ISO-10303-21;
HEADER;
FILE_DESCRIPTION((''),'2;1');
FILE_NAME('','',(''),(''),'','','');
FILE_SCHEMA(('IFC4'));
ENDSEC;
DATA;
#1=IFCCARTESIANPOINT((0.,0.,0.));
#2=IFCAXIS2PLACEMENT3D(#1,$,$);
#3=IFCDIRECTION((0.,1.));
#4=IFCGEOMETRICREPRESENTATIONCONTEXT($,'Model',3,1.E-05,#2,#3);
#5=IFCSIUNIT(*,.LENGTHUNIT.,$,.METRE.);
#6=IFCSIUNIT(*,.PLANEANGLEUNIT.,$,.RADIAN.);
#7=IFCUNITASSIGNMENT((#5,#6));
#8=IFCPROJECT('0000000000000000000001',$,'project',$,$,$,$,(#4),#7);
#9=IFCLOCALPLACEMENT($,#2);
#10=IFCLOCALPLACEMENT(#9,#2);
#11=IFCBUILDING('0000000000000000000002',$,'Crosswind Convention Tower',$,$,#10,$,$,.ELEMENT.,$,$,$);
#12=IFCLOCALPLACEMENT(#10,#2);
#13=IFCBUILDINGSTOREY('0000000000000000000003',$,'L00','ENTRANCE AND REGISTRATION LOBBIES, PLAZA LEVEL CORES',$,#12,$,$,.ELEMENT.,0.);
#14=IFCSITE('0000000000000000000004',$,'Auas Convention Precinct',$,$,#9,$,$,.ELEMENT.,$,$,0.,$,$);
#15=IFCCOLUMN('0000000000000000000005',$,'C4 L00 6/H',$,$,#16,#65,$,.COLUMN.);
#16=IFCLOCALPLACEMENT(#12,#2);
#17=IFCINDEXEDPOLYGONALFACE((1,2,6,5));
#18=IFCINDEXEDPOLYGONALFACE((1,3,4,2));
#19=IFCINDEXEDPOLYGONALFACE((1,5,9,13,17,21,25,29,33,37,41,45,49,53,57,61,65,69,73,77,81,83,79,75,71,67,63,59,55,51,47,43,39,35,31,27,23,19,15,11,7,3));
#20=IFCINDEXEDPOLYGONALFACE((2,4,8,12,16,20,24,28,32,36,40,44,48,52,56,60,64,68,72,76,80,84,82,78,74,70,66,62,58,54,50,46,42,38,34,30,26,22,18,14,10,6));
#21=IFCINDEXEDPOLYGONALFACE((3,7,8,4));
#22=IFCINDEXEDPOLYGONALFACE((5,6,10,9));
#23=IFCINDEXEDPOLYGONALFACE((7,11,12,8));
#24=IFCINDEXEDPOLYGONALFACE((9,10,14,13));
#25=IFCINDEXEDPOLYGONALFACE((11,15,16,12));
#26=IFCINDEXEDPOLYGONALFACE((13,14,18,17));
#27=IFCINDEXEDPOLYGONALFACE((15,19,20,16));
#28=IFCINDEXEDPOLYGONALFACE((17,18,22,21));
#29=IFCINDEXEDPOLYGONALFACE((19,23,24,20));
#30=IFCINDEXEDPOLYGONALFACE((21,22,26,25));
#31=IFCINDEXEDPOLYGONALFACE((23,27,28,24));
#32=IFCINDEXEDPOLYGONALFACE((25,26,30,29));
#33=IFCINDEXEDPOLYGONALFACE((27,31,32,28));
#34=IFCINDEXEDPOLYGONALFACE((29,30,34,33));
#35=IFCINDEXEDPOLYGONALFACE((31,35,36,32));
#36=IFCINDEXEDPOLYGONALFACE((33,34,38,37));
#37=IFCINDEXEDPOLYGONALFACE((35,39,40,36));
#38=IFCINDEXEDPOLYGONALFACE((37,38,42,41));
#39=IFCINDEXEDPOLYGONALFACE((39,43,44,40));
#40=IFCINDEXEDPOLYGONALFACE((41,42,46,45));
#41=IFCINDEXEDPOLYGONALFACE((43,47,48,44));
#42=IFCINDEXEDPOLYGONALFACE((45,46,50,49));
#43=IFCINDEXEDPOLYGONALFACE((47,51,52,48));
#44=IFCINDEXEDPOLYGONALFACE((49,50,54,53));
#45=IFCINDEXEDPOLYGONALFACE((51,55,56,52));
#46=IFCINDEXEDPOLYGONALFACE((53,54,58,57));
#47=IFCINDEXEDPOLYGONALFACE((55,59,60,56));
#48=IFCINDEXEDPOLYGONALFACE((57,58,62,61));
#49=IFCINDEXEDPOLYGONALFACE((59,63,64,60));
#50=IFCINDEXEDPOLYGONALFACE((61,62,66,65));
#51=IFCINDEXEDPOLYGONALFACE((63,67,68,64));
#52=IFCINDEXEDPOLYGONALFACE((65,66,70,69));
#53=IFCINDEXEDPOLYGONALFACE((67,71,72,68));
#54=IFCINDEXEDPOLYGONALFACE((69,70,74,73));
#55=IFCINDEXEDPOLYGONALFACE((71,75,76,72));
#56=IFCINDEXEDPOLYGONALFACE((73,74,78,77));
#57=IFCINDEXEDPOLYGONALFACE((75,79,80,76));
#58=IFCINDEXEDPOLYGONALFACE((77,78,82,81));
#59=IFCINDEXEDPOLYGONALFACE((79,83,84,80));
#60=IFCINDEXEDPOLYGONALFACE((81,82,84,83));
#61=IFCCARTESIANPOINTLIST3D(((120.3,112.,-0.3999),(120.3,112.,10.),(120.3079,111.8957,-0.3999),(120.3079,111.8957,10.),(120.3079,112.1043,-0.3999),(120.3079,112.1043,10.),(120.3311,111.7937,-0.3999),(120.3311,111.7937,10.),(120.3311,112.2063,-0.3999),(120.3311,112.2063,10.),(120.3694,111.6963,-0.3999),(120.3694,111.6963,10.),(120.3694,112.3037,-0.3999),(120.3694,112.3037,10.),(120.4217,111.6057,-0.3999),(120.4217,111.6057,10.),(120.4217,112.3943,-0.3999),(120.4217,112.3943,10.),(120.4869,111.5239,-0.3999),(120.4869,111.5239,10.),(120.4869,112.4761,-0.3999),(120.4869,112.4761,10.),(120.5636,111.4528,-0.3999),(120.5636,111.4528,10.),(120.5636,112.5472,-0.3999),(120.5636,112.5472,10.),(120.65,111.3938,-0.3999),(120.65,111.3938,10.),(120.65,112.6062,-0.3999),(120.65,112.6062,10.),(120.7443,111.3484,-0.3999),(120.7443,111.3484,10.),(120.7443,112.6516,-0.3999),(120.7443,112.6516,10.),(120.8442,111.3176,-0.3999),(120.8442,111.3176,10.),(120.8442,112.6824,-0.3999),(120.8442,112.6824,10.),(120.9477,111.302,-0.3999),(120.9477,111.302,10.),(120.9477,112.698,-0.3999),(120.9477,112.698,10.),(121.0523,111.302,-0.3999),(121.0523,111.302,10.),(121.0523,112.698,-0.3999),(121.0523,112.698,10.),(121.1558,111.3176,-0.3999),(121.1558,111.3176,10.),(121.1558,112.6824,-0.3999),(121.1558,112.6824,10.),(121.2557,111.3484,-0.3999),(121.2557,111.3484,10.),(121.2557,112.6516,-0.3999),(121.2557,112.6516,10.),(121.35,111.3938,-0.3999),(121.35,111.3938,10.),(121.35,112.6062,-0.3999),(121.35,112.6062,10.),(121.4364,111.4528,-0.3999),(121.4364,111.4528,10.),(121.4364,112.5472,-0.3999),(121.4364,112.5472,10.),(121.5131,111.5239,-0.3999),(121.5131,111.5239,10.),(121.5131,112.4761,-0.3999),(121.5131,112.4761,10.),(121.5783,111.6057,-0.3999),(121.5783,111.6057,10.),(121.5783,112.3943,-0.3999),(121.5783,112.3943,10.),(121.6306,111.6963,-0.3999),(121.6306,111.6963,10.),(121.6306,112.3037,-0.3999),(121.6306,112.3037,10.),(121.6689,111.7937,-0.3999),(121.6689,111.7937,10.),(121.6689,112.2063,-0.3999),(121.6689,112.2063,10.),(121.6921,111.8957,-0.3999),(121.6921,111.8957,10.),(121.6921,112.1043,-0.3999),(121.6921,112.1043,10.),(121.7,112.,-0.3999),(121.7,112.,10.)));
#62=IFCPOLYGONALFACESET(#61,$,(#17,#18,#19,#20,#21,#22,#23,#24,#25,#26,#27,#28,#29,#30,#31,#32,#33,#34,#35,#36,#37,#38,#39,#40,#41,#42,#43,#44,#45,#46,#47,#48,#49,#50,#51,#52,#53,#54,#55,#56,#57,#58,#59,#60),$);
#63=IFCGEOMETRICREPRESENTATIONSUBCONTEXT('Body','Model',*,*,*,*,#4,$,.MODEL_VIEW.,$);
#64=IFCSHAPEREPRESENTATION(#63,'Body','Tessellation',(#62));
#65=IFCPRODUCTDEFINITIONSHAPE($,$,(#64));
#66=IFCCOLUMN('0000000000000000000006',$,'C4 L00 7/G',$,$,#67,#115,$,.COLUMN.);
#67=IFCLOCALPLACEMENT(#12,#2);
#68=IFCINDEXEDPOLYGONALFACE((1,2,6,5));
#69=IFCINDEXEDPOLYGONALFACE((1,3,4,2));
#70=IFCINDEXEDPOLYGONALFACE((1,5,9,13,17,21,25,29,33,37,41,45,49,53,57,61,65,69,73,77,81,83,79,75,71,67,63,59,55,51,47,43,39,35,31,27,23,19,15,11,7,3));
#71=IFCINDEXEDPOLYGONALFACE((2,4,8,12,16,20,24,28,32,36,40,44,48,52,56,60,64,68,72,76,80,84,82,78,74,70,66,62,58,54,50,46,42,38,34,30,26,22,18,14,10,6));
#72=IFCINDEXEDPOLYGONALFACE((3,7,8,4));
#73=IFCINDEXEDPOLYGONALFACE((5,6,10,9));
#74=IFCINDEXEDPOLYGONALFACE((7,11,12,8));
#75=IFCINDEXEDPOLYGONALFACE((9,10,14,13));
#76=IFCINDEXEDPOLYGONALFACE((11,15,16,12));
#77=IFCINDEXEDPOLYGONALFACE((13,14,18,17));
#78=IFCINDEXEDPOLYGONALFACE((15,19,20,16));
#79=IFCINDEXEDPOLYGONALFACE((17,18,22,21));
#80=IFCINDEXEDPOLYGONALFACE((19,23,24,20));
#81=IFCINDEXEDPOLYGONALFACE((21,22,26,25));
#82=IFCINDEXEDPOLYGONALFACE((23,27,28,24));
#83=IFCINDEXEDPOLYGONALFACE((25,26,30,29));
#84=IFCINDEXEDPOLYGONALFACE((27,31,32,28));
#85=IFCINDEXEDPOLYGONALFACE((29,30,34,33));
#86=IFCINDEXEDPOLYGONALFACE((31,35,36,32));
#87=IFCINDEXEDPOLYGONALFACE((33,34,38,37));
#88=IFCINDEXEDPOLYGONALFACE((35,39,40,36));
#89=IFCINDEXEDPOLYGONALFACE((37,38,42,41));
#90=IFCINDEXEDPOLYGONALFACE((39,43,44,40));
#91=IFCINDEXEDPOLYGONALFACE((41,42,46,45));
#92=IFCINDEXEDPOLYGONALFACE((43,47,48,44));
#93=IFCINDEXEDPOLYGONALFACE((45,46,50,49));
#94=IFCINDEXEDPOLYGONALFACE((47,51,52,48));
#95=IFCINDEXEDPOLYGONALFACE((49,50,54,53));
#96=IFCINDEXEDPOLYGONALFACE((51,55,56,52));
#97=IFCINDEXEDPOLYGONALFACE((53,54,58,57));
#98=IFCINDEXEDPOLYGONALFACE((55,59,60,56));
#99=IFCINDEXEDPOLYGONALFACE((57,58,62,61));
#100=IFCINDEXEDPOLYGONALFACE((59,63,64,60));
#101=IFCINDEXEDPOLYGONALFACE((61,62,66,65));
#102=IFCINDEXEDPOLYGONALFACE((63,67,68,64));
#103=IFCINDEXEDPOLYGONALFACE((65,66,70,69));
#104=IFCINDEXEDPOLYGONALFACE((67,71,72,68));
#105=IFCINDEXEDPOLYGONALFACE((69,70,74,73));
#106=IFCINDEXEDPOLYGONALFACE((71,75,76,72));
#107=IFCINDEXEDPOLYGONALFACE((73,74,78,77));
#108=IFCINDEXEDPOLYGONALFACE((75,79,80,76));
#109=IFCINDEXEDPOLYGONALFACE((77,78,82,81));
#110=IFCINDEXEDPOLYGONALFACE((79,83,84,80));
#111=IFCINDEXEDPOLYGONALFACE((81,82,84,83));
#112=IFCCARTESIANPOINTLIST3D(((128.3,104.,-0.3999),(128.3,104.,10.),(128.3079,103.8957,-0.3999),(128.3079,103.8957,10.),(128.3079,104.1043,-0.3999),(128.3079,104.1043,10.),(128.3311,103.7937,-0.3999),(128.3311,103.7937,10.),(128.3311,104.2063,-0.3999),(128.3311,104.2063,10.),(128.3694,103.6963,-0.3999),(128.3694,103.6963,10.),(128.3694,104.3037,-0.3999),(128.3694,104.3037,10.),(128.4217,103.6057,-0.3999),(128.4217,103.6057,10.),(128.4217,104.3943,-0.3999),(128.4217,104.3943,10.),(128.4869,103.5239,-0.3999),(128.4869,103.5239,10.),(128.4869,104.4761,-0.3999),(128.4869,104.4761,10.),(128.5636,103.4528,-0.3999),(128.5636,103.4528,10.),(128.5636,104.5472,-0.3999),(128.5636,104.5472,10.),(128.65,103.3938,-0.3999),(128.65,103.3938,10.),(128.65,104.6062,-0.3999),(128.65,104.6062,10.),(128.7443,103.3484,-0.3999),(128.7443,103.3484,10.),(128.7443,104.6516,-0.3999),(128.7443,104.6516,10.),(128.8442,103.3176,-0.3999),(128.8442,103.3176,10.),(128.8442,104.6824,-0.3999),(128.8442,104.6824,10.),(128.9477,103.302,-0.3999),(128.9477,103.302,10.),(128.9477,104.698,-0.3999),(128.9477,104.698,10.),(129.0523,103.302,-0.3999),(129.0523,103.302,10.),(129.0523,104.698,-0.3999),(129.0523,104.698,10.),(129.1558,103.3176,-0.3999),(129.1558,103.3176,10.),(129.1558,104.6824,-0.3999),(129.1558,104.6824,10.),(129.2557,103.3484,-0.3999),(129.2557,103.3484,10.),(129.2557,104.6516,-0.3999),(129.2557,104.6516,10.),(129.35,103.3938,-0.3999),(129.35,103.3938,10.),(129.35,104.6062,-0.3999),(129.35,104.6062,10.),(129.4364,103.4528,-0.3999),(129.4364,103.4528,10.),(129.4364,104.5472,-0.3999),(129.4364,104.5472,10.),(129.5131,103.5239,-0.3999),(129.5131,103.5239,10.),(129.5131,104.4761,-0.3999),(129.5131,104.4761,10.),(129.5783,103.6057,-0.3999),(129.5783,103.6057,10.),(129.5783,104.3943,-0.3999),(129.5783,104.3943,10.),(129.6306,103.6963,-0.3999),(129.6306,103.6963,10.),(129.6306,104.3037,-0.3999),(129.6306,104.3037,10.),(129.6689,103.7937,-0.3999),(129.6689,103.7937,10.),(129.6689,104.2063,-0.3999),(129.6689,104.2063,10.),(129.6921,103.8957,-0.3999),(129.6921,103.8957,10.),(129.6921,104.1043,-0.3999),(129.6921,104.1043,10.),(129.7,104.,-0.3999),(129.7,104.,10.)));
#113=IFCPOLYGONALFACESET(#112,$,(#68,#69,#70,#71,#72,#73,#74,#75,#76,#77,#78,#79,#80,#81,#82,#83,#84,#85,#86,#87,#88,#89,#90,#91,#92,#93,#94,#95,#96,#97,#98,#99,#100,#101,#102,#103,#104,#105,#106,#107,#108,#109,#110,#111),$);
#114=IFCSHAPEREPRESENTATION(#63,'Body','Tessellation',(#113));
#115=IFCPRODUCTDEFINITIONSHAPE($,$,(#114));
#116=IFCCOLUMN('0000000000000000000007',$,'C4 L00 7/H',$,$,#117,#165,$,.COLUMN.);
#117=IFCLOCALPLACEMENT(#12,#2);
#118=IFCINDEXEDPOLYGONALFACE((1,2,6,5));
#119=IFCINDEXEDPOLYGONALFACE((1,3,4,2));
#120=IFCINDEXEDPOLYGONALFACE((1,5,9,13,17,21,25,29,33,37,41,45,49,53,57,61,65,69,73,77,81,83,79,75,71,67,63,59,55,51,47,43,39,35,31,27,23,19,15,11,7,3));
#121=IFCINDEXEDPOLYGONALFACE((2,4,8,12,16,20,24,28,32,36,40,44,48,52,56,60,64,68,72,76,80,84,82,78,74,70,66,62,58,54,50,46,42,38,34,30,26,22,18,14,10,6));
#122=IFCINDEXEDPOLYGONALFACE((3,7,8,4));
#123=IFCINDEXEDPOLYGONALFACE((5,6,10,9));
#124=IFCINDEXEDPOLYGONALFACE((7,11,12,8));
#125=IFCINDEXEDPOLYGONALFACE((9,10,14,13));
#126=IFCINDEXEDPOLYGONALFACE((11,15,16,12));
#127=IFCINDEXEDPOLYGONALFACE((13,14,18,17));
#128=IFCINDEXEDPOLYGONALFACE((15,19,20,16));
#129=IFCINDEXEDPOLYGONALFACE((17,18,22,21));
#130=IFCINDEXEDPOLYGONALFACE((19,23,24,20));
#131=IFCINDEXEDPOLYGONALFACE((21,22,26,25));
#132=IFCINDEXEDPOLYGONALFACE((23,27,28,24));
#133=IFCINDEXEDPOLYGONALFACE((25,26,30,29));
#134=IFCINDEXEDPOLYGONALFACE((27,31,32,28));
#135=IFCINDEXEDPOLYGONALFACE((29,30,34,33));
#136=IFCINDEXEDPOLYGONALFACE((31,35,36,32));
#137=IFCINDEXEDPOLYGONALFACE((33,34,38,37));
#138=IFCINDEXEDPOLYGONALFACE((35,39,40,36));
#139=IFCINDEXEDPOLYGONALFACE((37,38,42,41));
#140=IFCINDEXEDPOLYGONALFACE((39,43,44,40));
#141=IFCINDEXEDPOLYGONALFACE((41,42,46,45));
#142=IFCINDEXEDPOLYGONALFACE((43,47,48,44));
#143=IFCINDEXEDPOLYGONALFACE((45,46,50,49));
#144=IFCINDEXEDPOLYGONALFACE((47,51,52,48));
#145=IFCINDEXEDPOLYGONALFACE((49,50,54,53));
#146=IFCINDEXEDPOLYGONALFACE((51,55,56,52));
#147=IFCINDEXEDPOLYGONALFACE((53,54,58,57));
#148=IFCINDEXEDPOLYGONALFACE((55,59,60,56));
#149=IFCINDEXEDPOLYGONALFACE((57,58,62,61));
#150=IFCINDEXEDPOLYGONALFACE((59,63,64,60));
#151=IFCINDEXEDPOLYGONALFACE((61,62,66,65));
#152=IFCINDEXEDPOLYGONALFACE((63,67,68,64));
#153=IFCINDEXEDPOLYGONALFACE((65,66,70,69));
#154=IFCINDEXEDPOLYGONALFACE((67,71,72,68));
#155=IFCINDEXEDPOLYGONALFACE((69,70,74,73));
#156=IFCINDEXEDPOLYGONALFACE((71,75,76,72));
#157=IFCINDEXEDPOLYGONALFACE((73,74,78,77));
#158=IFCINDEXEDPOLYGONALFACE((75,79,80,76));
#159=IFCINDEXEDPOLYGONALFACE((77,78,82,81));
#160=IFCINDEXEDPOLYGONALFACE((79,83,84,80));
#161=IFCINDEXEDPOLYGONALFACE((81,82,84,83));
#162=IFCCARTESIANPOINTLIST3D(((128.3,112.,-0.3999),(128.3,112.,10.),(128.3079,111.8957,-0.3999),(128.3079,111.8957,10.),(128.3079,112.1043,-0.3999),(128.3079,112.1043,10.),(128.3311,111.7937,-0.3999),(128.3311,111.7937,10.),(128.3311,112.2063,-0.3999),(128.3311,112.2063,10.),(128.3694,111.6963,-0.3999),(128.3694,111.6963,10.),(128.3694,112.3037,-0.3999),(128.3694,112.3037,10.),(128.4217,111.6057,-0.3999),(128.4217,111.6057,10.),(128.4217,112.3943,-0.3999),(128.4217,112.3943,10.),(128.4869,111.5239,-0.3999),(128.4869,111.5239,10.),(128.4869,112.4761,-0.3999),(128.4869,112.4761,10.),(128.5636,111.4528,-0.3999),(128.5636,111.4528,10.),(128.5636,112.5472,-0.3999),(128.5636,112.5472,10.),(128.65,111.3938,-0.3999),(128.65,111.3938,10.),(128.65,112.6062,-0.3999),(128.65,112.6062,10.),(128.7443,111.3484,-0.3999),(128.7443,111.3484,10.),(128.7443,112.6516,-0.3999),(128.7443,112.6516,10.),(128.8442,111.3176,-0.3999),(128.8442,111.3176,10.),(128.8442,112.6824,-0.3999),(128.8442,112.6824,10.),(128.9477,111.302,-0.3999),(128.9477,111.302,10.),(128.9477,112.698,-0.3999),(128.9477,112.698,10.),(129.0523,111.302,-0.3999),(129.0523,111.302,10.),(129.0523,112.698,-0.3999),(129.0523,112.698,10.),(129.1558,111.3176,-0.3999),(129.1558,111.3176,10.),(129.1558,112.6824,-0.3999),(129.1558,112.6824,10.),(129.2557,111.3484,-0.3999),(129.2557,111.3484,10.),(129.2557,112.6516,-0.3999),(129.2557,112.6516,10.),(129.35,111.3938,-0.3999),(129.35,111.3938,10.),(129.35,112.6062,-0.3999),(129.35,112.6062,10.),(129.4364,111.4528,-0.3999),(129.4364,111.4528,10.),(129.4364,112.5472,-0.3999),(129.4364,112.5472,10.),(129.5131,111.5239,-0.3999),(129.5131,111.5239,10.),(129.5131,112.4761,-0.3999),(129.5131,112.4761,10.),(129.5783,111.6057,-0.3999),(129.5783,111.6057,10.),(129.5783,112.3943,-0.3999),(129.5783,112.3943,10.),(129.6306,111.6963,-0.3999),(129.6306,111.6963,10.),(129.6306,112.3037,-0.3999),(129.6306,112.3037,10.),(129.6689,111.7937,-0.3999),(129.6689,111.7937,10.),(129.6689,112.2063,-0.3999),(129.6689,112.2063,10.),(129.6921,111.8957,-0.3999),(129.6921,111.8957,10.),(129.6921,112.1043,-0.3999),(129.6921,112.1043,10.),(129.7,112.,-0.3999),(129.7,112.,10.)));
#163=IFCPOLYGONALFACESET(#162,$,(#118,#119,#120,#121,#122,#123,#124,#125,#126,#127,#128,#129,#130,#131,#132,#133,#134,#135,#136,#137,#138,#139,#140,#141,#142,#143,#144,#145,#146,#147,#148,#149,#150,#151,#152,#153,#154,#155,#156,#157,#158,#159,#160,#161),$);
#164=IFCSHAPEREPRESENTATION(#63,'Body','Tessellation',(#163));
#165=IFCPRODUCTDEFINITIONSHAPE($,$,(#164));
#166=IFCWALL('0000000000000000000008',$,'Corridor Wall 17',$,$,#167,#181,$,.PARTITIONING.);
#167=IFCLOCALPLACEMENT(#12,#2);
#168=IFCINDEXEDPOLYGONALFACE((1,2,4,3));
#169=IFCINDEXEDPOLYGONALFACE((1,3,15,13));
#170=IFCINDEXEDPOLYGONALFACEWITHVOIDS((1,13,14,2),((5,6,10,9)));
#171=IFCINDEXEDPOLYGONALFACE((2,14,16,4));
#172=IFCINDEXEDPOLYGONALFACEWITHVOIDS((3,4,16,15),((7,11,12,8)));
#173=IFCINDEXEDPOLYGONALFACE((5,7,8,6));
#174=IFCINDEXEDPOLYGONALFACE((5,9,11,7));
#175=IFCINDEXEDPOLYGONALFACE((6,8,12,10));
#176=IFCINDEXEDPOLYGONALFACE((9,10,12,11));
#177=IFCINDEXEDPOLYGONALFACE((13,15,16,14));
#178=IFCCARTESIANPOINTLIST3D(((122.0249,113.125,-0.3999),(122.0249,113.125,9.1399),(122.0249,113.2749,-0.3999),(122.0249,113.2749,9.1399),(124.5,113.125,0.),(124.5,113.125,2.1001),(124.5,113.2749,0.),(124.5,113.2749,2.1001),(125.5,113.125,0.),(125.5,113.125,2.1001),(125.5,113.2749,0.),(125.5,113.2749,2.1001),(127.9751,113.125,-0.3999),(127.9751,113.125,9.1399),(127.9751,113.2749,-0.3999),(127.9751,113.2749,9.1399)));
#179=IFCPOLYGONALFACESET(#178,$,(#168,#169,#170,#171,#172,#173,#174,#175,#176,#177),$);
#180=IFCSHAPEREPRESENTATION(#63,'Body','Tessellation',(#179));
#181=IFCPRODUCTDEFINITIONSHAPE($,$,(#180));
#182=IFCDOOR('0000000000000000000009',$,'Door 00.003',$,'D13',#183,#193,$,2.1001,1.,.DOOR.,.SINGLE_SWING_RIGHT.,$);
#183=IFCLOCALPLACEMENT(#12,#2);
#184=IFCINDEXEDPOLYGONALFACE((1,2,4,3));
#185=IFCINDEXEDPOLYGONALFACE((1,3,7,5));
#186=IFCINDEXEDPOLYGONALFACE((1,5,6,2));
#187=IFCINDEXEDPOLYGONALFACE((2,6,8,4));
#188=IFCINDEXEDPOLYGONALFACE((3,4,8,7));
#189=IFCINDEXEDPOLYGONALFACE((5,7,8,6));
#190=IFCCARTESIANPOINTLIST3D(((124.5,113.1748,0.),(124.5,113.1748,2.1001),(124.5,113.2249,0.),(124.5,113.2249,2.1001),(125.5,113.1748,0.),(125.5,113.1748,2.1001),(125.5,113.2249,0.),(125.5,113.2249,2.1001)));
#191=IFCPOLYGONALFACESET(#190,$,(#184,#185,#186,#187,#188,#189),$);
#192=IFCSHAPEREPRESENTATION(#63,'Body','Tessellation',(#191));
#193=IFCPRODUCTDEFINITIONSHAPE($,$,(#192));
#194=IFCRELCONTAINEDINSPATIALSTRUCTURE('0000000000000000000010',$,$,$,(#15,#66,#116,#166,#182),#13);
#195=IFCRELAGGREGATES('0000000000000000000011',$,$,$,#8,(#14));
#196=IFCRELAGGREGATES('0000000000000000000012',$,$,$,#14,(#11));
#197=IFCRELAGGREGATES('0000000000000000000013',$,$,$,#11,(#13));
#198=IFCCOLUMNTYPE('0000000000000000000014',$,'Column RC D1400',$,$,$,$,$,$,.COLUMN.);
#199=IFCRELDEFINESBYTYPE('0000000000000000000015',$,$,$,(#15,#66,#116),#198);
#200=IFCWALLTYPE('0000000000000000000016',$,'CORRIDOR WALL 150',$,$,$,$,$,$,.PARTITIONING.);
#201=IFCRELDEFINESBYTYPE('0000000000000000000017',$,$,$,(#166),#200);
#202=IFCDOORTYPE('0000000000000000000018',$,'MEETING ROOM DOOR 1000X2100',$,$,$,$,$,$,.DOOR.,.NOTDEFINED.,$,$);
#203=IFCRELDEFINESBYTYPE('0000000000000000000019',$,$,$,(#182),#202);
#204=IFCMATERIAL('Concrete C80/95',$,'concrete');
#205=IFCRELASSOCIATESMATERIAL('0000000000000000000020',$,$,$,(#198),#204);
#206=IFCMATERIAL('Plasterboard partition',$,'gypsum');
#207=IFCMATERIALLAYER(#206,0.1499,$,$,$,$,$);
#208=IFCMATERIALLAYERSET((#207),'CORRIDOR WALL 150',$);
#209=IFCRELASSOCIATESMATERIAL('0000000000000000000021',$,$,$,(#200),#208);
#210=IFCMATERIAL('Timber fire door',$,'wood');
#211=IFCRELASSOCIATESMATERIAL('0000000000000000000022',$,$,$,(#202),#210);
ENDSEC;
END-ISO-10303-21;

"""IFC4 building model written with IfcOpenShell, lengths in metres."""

from ifc_helpers import new_model, si_unit, direction, frame, frame_2d, origin, origin_2d, place, context, subcontext, project, spatial, rectangle, circle, extrude, material, layer, layer_set, material_profile, profile_set, type_object, element, fill, save


model = new_model("IFC4")

# Units and contexts
model_context = context("Model", 3, precision=1e-05, world=origin(), true_north=direction((0.0, 1.0)))
body_context = subcontext(model_context, "Body", "Model", "MODEL_VIEW")
ifc_project = project(units=[si_unit("LENGTHUNIT", "METRE"), si_unit("PLANEANGLEUNIT", "RADIAN")], contexts=[model_context])

# Site, building, storey
site_placement = place(None, origin())
site = spatial("IfcSite", under=ifc_project, at=site_placement, Name="Auas Convention Precinct", CompositionType="ELEMENT", RefElevation=0.0)
building_placement = place(site_placement, origin())
building = spatial("IfcBuilding", under=site, at=building_placement, Name="Crosswind Convention Tower", CompositionType="ELEMENT")
storey_placement = place(building_placement, origin())
storey = spatial("IfcBuildingStorey", under=building, at=storey_placement, Name="L00", Description="ENTRANCE AND REGISTRATION LOBBIES, PLAZA LEVEL CORES", CompositionType="ELEMENT", Elevation=0.0)

# Columns
ifc_material_1 = material(Name="Concrete C80/95", Category="concrete")
ifc_material_profile_1 = material_profile(ifc_material_1, circle(Radius=0.7, at=origin_2d()), Name="RC D1400")
ifc_profile_set_1 = profile_set([ifc_material_profile_1], Name="Concrete C80/95")
column_type = type_object("IfcColumnType", Name="Column RC D1400", PredefinedType="COLUMN", material=ifc_profile_set_1)
for number, where, z_axis, x_axis, name in (
    (1, (121.0, 112.0, -0.3999), (0.0, 0.0, 1.0), (1.0, 0.0, 0.0), "C4 L00 6/H"),
    (2, (129.0, 104.0, -0.3999), (0.0, 0.0, 1.0), (1.0, 0.0, 0.0), "C4 L00 7/G"),
    (3, (129.0, 112.0, -0.3999), (0.0, 0.0, 1.0), (1.0, 0.0, 0.0), "C4 L00 7/H"),
):
    element("IfcColumn", number, at=place(storey_placement, frame(where, z_axis=z_axis, x_axis=x_axis)), inside=storey, type_object=column_type, Name=name, PredefinedType="COLUMN", context=body_context, shape_type="SweptSolid", body=[
        extrude(circle(Radius=0.7, at=origin_2d()), origin(), (0.0, 0.0, 1.0), 10.3999),
    ])

# Wall, opening, door
ifc_material_2 = material(Name="Plasterboard partition", Category="gypsum")
ifc_layer_1 = layer(ifc_material_2, 0.1499)
ifc_layer_set_1 = layer_set([ifc_layer_1], Name="CORRIDOR WALL 150")
wall_type_1 = type_object("IfcWallType", Name="CORRIDOR WALL 150", PredefinedType="PARTITIONING", material=ifc_layer_set_1)
wall_1_placement = place(storey_placement, frame((122.0249, 113.2, -0.3999), z_axis=(0.0, 0.0, 1.0), x_axis=(1.0, 0.0, 0.0)))
wall_1 = element("IfcWall", 4, at=wall_1_placement, inside=storey, type_object=wall_type_1, Name="Corridor Wall 17", PredefinedType="PARTITIONING", context=body_context, shape_type="SweptSolid", body=[
    extrude(rectangle(XDim=5.9502, YDim=0.1499, at=frame_2d((2.9751, 0.0))), origin(), (0.0, 0.0, 1.0), 9.5398),
])
opening_1_placement = place(wall_1_placement, frame((2.4751, 0.0, 0.3999)))
opening_1 = element("IfcOpeningElement", 5, at=opening_1_placement, cuts=wall_1, PredefinedType="OPENING", context=body_context, shape_type="SweptSolid", body=[
    extrude(rectangle(XDim=1.0, YDim=2.1001, at=frame_2d((0.5, 1.05))), frame((0.0, 0.085, 0.0), z_axis=(0.0, -1.0, 0.0), x_axis=(1.0, 0.0, 0.0)), (0.0, 0.0, 1.0), 0.1699),
])
ifc_material_3 = material(Name="Timber fire door", Category="wood")
door_type_1 = type_object("IfcDoorType", Name="MEETING ROOM DOOR 1000X2100", OperationType="NOTDEFINED", PredefinedType="DOOR", material=ifc_material_3)
door_1_placement = place(opening_1_placement, origin())
door_1 = element("IfcDoor", 6, at=door_1_placement, inside=storey, type_object=door_type_1, Name="Door 00.003", ObjectType="D13", OperationType="SINGLE_SWING_RIGHT", OverallHeight=2.1001, OverallWidth=1.0, PredefinedType="DOOR", context=body_context, shape_type="SweptSolid", body=[
    extrude(rectangle(XDim=1.0, YDim=2.1001, at=frame_2d((0.5, 1.05))), frame((0.0, 0.0249, 0.0), z_axis=(0.0, -1.0, 0.0), x_axis=(1.0, 0.0, 0.0)), (0.0, 0.0, 1.0), 0.05),
])
fill(opening_1, door_1)

save(model, "model.ifc")
